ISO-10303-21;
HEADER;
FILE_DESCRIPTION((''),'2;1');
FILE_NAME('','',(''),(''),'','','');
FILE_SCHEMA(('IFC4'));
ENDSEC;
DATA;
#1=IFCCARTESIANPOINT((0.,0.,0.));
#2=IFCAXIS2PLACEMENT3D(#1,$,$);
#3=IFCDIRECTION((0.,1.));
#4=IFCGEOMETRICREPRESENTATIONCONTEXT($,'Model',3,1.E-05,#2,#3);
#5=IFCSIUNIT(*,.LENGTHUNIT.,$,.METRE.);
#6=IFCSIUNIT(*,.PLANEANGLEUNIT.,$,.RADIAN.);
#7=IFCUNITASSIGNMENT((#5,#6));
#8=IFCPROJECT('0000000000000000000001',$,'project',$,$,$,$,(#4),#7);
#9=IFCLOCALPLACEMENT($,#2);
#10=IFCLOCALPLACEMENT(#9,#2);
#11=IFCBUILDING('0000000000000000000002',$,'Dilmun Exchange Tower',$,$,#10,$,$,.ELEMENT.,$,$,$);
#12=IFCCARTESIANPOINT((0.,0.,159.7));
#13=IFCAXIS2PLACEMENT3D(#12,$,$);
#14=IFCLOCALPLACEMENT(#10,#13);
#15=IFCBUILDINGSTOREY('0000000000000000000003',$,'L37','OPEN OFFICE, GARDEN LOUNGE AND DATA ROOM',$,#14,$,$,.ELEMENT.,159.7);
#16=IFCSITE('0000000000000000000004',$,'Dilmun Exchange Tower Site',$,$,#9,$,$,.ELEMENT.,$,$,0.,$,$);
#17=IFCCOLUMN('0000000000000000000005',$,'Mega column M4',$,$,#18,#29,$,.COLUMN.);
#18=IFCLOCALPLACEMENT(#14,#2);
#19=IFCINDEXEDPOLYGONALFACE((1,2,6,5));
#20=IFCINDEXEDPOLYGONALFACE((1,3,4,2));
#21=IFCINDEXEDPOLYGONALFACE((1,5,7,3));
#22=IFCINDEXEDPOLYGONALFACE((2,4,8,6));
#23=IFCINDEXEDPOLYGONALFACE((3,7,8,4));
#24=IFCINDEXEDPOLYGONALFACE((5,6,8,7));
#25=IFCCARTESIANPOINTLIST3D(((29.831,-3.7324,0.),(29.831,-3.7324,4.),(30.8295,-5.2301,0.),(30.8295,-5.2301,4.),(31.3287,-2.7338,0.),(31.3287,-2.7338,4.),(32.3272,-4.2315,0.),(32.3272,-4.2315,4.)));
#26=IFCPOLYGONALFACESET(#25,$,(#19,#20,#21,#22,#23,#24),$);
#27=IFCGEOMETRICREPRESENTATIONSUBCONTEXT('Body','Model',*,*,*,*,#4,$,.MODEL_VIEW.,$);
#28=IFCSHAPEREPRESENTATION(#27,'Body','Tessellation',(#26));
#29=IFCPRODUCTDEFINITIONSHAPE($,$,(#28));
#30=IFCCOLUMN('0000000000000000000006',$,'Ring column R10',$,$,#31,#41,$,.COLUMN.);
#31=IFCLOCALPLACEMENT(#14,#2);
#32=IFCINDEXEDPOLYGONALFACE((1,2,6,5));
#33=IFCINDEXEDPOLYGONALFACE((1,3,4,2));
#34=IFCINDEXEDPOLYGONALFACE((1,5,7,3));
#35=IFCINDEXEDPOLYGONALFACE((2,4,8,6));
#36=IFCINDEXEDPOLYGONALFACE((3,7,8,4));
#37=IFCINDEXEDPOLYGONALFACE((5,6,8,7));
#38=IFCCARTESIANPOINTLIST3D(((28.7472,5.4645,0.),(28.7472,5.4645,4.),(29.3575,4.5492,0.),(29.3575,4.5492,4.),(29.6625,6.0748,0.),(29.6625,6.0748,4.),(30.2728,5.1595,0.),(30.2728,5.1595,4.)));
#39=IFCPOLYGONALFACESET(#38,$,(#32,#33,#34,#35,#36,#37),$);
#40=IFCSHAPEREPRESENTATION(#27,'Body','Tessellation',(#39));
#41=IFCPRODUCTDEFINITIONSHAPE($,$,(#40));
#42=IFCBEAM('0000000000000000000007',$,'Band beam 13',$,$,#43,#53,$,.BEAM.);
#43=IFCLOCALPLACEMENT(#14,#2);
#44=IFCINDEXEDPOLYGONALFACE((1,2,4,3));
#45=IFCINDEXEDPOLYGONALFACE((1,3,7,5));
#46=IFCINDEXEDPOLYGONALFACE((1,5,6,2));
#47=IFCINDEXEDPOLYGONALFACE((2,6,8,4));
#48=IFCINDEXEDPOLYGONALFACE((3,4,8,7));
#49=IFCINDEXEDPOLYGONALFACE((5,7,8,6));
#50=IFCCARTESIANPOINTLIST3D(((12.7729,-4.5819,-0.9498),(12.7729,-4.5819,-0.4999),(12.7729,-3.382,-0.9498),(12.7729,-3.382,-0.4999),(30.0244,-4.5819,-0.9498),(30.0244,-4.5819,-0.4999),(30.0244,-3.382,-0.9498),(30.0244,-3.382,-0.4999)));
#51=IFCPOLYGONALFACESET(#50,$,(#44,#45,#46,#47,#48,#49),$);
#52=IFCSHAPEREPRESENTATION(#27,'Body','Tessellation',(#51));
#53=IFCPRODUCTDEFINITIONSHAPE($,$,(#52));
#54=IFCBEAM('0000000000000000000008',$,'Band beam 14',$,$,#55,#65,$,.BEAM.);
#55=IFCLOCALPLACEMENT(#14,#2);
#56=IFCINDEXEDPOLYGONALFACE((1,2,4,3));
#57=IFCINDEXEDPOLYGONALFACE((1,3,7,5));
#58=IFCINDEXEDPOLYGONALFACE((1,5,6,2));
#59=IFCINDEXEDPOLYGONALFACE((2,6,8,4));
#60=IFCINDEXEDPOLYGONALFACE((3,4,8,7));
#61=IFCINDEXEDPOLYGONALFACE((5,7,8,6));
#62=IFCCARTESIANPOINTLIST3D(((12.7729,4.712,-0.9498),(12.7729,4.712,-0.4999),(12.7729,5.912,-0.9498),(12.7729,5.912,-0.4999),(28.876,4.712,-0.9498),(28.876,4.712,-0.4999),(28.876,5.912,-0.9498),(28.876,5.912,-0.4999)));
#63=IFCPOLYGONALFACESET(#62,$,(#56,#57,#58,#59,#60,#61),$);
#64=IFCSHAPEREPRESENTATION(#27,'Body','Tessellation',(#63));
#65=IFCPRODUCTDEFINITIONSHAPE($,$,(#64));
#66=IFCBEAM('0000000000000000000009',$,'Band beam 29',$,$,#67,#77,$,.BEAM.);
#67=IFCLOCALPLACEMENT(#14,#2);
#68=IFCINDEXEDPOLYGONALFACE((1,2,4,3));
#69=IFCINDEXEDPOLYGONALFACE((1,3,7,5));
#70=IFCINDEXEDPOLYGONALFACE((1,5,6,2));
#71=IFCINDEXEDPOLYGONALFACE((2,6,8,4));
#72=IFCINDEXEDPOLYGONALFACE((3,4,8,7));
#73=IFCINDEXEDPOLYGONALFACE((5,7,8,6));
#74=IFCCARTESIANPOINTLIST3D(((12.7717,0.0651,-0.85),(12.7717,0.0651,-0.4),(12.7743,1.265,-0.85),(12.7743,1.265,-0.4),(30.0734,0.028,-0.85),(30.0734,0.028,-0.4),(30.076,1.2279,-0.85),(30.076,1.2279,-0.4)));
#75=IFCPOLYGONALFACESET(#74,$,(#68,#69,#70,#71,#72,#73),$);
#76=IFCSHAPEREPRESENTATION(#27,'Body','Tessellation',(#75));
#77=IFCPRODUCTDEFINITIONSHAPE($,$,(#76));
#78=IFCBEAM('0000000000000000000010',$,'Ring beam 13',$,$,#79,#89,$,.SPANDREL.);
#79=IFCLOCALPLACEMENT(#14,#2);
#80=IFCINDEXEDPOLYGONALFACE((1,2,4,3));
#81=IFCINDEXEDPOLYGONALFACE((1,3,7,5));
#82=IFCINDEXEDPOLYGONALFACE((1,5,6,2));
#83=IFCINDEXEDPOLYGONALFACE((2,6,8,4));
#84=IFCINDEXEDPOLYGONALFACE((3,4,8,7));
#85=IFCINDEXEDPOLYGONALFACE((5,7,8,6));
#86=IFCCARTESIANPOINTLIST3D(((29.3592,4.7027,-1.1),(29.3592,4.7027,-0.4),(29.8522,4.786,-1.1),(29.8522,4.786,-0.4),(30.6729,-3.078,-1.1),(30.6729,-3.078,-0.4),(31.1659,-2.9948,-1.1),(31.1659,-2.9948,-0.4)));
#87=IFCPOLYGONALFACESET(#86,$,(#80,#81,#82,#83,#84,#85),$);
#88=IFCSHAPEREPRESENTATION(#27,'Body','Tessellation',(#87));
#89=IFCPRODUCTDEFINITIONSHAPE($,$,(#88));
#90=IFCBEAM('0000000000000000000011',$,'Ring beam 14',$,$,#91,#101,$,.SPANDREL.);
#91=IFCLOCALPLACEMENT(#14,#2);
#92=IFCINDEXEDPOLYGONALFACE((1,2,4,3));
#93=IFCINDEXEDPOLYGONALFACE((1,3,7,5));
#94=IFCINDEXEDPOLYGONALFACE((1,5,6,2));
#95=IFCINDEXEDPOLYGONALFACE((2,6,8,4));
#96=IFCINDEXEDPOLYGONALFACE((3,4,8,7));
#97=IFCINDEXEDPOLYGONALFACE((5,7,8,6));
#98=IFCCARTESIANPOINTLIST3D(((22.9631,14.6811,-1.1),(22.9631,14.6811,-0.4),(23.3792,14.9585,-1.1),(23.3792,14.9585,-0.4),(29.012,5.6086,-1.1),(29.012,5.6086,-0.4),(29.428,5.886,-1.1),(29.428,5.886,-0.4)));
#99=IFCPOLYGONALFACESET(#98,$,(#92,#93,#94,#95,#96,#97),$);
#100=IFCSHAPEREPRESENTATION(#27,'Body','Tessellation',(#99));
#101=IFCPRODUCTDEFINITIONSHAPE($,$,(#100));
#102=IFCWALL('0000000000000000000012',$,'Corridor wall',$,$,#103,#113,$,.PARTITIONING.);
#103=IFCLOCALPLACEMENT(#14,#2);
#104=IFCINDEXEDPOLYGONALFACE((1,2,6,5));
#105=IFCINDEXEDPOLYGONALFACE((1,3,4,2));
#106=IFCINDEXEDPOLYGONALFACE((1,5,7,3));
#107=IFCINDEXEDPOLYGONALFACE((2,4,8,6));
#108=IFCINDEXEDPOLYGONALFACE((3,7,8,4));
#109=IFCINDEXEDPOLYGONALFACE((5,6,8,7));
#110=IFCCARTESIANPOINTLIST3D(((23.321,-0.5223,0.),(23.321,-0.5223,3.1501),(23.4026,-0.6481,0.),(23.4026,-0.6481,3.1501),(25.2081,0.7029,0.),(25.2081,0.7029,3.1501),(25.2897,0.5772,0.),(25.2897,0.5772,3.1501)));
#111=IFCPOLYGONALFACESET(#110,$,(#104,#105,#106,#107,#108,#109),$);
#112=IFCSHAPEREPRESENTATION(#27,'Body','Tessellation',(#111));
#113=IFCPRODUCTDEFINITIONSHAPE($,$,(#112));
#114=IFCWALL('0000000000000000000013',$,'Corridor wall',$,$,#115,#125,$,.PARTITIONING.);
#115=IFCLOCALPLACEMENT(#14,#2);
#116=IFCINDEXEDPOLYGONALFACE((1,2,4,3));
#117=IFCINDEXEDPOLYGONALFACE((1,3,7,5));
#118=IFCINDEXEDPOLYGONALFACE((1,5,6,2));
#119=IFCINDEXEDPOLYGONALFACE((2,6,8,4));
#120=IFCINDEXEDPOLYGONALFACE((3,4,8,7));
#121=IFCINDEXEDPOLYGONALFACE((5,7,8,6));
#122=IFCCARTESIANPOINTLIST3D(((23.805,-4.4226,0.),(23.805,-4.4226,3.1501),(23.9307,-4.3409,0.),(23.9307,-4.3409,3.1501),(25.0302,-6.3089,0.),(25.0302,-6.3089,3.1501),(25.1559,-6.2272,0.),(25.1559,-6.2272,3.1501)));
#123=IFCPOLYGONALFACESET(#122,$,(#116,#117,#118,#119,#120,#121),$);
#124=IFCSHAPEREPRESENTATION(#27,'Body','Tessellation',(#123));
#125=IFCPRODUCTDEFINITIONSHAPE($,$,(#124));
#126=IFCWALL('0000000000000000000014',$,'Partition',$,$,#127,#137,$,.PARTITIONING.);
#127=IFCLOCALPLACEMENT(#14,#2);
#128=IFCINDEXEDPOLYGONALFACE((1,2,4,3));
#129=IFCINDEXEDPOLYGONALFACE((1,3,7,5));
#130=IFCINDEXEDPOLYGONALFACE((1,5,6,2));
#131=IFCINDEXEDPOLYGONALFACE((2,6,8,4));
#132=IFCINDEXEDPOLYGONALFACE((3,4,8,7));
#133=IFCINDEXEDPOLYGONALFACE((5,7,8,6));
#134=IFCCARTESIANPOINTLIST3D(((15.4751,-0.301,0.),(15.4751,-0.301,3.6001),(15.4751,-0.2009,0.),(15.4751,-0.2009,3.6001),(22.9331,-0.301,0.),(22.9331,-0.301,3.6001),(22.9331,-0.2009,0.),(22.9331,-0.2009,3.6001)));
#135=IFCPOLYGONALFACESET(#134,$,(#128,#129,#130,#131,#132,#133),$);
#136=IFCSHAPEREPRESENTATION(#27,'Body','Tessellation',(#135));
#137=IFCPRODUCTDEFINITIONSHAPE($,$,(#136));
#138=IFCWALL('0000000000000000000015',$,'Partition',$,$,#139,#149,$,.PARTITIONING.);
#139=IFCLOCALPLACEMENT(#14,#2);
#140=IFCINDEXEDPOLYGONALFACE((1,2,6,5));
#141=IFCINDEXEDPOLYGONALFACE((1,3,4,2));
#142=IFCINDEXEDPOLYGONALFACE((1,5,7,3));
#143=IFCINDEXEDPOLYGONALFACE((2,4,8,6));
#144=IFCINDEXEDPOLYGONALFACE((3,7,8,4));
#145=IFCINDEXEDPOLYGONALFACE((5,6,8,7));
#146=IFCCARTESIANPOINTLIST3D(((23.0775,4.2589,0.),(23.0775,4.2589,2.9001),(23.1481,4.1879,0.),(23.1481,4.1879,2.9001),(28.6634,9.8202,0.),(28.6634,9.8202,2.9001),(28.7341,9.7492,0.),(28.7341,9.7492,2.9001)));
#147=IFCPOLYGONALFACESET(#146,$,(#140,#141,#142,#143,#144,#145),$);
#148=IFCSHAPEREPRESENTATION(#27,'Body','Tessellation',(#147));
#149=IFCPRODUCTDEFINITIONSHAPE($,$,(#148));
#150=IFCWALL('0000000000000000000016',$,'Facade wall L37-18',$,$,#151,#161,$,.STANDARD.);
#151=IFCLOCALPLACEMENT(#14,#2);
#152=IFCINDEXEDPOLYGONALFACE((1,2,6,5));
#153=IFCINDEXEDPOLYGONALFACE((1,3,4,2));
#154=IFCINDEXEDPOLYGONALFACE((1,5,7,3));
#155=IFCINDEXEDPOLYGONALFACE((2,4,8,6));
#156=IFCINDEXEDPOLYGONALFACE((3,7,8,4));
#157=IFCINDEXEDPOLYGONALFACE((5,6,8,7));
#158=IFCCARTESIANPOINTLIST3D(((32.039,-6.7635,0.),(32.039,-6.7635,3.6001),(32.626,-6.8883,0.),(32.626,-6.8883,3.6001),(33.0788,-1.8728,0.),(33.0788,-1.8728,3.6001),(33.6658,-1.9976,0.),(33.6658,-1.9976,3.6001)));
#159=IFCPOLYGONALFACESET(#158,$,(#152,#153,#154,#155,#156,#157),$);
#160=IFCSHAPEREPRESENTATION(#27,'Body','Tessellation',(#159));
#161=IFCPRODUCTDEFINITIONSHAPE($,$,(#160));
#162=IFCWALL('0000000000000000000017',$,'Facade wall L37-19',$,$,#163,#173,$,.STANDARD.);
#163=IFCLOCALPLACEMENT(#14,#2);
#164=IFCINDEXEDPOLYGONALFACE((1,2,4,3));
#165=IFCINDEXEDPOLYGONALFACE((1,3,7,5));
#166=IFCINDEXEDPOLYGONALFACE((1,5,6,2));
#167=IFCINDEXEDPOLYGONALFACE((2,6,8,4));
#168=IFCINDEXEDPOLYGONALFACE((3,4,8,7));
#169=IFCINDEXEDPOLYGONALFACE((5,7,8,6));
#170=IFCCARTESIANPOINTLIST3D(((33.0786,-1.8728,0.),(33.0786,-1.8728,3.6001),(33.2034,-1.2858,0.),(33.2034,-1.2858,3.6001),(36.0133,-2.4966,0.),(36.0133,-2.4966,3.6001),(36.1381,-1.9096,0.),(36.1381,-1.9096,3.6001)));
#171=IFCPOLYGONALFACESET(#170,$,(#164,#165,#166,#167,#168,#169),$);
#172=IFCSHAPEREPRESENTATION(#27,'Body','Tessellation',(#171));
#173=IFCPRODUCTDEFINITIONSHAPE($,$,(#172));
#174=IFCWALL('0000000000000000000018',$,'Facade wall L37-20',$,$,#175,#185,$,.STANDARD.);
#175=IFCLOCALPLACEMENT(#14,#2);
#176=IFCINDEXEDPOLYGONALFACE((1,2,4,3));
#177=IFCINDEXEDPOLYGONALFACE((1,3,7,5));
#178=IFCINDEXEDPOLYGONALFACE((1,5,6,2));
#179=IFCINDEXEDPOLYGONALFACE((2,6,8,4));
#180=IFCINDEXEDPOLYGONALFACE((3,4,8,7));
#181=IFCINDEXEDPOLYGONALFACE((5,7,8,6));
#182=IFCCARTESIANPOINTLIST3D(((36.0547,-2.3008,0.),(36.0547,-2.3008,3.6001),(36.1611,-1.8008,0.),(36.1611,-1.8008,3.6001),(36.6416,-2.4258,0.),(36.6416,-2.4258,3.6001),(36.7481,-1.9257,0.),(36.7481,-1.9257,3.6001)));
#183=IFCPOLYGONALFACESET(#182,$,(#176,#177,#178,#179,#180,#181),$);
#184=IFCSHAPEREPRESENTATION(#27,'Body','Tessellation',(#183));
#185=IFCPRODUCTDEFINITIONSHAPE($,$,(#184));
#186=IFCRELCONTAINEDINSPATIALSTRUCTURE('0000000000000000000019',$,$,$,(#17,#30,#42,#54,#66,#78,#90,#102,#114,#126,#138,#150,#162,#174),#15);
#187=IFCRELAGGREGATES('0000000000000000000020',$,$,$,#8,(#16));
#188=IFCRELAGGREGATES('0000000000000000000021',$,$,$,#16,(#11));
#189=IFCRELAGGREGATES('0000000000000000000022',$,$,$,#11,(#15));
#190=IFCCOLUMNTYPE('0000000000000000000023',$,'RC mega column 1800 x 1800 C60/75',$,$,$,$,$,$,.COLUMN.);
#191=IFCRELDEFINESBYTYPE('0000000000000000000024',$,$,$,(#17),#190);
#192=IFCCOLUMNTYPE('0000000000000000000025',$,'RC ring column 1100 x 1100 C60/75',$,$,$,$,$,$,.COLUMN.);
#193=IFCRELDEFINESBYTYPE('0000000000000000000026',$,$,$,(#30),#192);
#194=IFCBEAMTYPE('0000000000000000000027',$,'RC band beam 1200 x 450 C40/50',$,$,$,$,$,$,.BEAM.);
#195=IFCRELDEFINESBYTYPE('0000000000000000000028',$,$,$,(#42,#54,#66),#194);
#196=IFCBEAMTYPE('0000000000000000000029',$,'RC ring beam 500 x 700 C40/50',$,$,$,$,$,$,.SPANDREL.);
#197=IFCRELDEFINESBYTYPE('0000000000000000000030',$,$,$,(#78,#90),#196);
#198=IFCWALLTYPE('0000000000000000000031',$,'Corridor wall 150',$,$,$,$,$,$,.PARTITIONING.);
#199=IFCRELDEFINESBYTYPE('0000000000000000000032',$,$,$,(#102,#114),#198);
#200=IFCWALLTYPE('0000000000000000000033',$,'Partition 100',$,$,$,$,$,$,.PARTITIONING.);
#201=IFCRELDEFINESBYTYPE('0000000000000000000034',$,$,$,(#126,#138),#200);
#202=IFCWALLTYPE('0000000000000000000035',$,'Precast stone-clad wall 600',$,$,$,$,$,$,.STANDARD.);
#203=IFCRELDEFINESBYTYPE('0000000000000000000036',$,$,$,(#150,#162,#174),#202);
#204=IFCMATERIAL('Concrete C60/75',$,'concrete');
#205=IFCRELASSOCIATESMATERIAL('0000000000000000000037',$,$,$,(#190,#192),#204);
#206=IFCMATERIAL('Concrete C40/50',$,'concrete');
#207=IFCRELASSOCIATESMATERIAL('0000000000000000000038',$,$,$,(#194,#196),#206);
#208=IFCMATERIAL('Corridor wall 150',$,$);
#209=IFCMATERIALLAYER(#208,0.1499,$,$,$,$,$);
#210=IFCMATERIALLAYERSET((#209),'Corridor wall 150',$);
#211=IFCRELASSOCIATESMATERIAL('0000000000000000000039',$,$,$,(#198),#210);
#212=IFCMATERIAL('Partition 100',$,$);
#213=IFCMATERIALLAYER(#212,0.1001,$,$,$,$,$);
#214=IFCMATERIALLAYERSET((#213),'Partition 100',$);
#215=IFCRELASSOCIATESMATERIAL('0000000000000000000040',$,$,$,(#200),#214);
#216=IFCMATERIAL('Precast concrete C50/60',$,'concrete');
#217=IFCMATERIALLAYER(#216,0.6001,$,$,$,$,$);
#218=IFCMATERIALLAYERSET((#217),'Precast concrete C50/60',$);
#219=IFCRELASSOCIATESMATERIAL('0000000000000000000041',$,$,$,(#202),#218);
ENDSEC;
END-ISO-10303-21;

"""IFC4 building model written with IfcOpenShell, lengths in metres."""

from ifc_helpers import new_model, si_unit, direction, frame, frame_2d, origin, origin_2d, place, context, subcontext, project, spatial, rectangle, extrude, material, layer, layer_set, material_profile, profile_set, type_object, element, save


model = new_model("IFC4")

# Units and contexts
model_context = context("Model", 3, precision=1e-05, world=origin(), true_north=direction((0.0, 1.0)))
body_context = subcontext(model_context, "Body", "Model", "MODEL_VIEW")
ifc_project = project(units=[si_unit("LENGTHUNIT", "METRE"), si_unit("PLANEANGLEUNIT", "RADIAN")], contexts=[model_context])

# Site, building, storey
site_placement = place(None, origin())
site = spatial("IfcSite", under=ifc_project, at=site_placement, Name="Dilmun Exchange Tower Site", CompositionType="ELEMENT", RefElevation=0.0)
building_placement = place(site_placement, origin())
building = spatial("IfcBuilding", under=site, at=building_placement, Name="Dilmun Exchange Tower", CompositionType="ELEMENT")
storey_placement = place(building_placement, frame((0.0, 0.0, 159.7)))
storey = spatial("IfcBuildingStorey", under=building, at=storey_placement, Name="L37", Description="OPEN OFFICE, GARDEN LOUNGE AND DATA ROOM", CompositionType="ELEMENT", Elevation=159.7)

# Columns
ifc_material_1 = material(Name="Concrete C60/75", Category="concrete")
ifc_material_profile_1 = material_profile(ifc_material_1, rectangle(XDim=1.8, YDim=1.8, at=origin_2d()), Name="1800 x 1800")
ifc_profile_set_1 = profile_set([ifc_material_profile_1], Name="Concrete C60/75")
column_type_1 = type_object("IfcColumnType", Name="RC mega column 1800 x 1800 C60/75", PredefinedType="COLUMN", material=ifc_profile_set_1)
column_1_placement = place(storey_placement, frame((31.0791, -3.9819, 0.0), z_axis=(0.0, 0.0, 1.0), x_axis=(0.832029, 0.554733, 0.0)))
element("IfcColumn", 1, at=column_1_placement, inside=storey, type_object=column_type_1, Name="Mega column M4", PredefinedType="COLUMN", context=body_context, shape_type="SweptSolid", body=[
    extrude(rectangle(XDim=1.8, YDim=1.8, at=origin_2d()), origin(), (0.0, 0.0, 1.0), 4.0),
])
ifc_material_profile_2 = material_profile(ifc_material_1, rectangle(XDim=1.1001, YDim=1.1001, at=origin_2d()), Name="1100 x 1100")
ifc_profile_set_2 = profile_set([ifc_material_profile_2], Name="Concrete C60/75")
column_type_2 = type_object("IfcColumnType", Name="RC ring column 1100 x 1100 C60/75", PredefinedType="COLUMN", material=ifc_profile_set_2)
column_2_placement = place(storey_placement, frame((29.51, 5.312, 0.0), z_axis=(0.0, 0.0, 1.0), x_axis=(0.832029, 0.554733, 0.0)))
element("IfcColumn", 2, at=column_2_placement, inside=storey, type_object=column_type_2, Name="Ring column R10", PredefinedType="COLUMN", context=body_context, shape_type="SweptSolid", body=[
    extrude(rectangle(XDim=1.1001, YDim=1.1001, at=origin_2d()), origin(), (0.0, 0.0, 1.0), 4.0),
])

# Beams
ifc_material_2 = material(Name="Concrete C40/50", Category="concrete")
ifc_material_profile_3 = material_profile(ifc_material_2, rectangle(XDim=1.2, YDim=0.45, at=origin_2d()), Name="1200 x 450")
ifc_profile_set_3 = profile_set([ifc_material_profile_3], Name="Concrete C40/50")
beam_type_1 = type_object("IfcBeamType", Name="RC band beam 1200 x 450 C40/50", PredefinedType="BEAM", material=ifc_profile_set_3)
beam_1_placement = place(storey_placement, frame((30.0244, -3.9819, -0.7249), z_axis=(-1.0, 0.0, 0.0), x_axis=(0.0, -1.0, 0.0)))
element("IfcBeam", 3, at=beam_1_placement, inside=storey, type_object=beam_type_1, Name="Band beam 13", PredefinedType="BEAM", context=body_context, shape_type="SweptSolid", body=[
    extrude(rectangle(XDim=1.2, YDim=0.45, at=origin_2d()), origin(), (0.0, 0.0, 1.0), 17.2515),
])
beam_2_placement = place(storey_placement, frame((28.876, 5.312, -0.7249), z_axis=(-1.0, 0.0, 0.0), x_axis=(0.0, -1.0, 0.0)))
element("IfcBeam", 4, at=beam_2_placement, inside=storey, type_object=beam_type_1, Name="Band beam 14", PredefinedType="BEAM", context=body_context, shape_type="SweptSolid", body=[
    extrude(rectangle(XDim=1.2, YDim=0.45, at=origin_2d()), origin(), (0.0, 0.0, 1.0), 16.103),
])
beam_3_placement = place(storey_placement, frame((30.0747, 0.6279, -0.625), z_axis=(-0.999998, 0.002145, 0.0), x_axis=(-0.002145, -0.999998, 0.0)))
element("IfcBeam", 5, at=beam_3_placement, inside=storey, type_object=beam_type_1, Name="Band beam 29", PredefinedType="BEAM", context=body_context, shape_type="SweptSolid", body=[
    extrude(rectangle(XDim=1.2, YDim=0.45, at=origin_2d()), origin(), (0.0, 0.0, 1.0), 17.3018),
])
ifc_material_profile_4 = material_profile(ifc_material_2, rectangle(XDim=0.5, YDim=0.7, at=origin_2d()), Name="500 x 700")
ifc_profile_set_4 = profile_set([ifc_material_profile_4], Name="Concrete C40/50")
beam_type_2 = type_object("IfcBeamType", Name="RC ring beam 500 x 700 C40/50", PredefinedType="SPANDREL", material=ifc_profile_set_4)
beam_4_placement = place(storey_placement, frame((30.9194, -3.0364, -0.75), z_axis=(-0.166486, 0.986044, 0.0), x_axis=(-0.986044, -0.166486, 0.0)))
element("IfcBeam", 6, at=beam_4_placement, inside=storey, type_object=beam_type_2, Name="Ring beam 13", PredefinedType="SPANDREL", context=body_context, shape_type="SweptSolid", body=[
    extrude(rectangle(XDim=0.5, YDim=0.7, at=origin_2d()), origin(), (0.0, 0.0, 1.0), 7.8909),
])
beam_5_placement = place(storey_placement, frame((29.22, 5.7473, -0.75), z_axis=(-0.554731, 0.83203, 0.0), x_axis=(-0.83203, -0.554731, 0.0)))
element("IfcBeam", 7, at=beam_5_placement, inside=storey, type_object=beam_type_2, Name="Ring beam 14", PredefinedType="SPANDREL", context=body_context, shape_type="SweptSolid", body=[
    extrude(rectangle(XDim=0.5, YDim=0.7, at=origin_2d()), origin(), (0.0, 0.0, 1.0), 10.9041),
])

# Walls
ifc_material_3 = material(Name="Corridor wall 150")
ifc_layer_1 = layer(ifc_material_3, 0.1499)
ifc_layer_set_1 = layer_set([ifc_layer_1], Name="Corridor wall 150")
wall_type_1 = type_object("IfcWallType", Name="Corridor wall 150", PredefinedType="PARTITIONING", material=ifc_layer_set_1)
wall_1_placement = place(storey_placement, frame((23.3618, -0.5852, 0.0), z_axis=(0.0, 0.0, 1.0), x_axis=(0.838716, 0.544569, 0.0)))
element("IfcWall", 8, at=wall_1_placement, inside=storey, type_object=wall_type_1, Name="Corridor wall", PredefinedType="PARTITIONING", context=body_context, shape_type="SweptSolid", body=[
    extrude(rectangle(XDim=2.25, YDim=0.1499, at=frame_2d((1.125, 0.0))), origin(), (0.0, 0.0, 1.0), 3.1501),
])
wall_2_placement = place(storey_placement, frame((23.8679, -4.3818, 0.0), z_axis=(0.0, 0.0, 1.0), x_axis=(0.544691, -0.838637, 0.0)))
element("IfcWall", 9, at=wall_2_placement, inside=storey, type_object=wall_type_1, Name="Corridor wall", PredefinedType="PARTITIONING", context=body_context, shape_type="SweptSolid", body=[
    extrude(rectangle(XDim=2.2493, YDim=0.1499, at=frame_2d((1.1245, 0.0))), origin(), (0.0, 0.0, 1.0), 3.1501),
])
ifc_material_4 = material(Name="Partition 100")
ifc_layer_2 = layer(ifc_material_4, 0.1001)
ifc_layer_set_2 = layer_set([ifc_layer_2], Name="Partition 100")
wall_type_2 = type_object("IfcWallType", Name="Partition 100", PredefinedType="PARTITIONING", material=ifc_layer_set_2)
wall_3_placement = place(storey_placement, frame((15.4751, -0.251, 0.0), z_axis=(0.0, 0.0, 1.0), x_axis=(1.0, 0.0, 0.0)))
element("IfcWall", 10, at=wall_3_placement, inside=storey, type_object=wall_type_2, Name="Partition", PredefinedType="PARTITIONING", context=body_context, shape_type="SweptSolid", body=[
    extrude(rectangle(XDim=7.458, YDim=0.1001, at=frame_2d((3.729, 0.0))), origin(), (0.0, 0.0, 1.0), 3.6001),
])
wall_4_placement = place(storey_placement, frame((23.1128, 4.2234, 0.0), z_axis=(0.0, 0.0, 1.0), x_axis=(0.708669, 0.705541, 0.0)))
element("IfcWall", 11, at=wall_4_placement, inside=storey, type_object=wall_type_2, Name="Partition", PredefinedType="PARTITIONING", context=body_context, shape_type="SweptSolid", body=[
    extrude(rectangle(XDim=7.8823, YDim=0.1001, at=frame_2d((3.9412, 0.0))), origin(), (0.0, 0.0, 1.0), 2.9001),
])
ifc_material_5 = material(Name="Precast concrete C50/60", Category="concrete")
ifc_layer_3 = layer(ifc_material_5, 0.6001)
ifc_layer_set_3 = layer_set([ifc_layer_3], Name="Precast concrete C50/60")
wall_type_3 = type_object("IfcWallType", Name="Precast stone-clad wall 600", PredefinedType="STANDARD", material=ifc_layer_set_3)
wall_5_placement = place(storey_placement, frame((32.3325, -6.8259, 0.0), z_axis=(0.0, 0.0, 1.0), x_axis=(0.207962, 0.978137, 0.0)))
element("IfcWall", 12, at=wall_5_placement, inside=storey, type_object=wall_type_3, Name="Facade wall L37-18", PredefinedType="STANDARD", context=body_context, shape_type="SweptSolid", body=[
    extrude(rectangle(XDim=5.0, YDim=0.6001, at=frame_2d((2.5, 0.0))), origin(), (0.0, 0.0, 1.0), 3.6001),
])
wall_6_placement = place(storey_placement, frame((33.1411, -1.5793, 0.0), z_axis=(0.0, 0.0, 1.0), x_axis=(0.978146, -0.207917, 0.0)))
element("IfcWall", 13, at=wall_6_placement, inside=storey, type_object=wall_type_3, Name="Facade wall L37-19", PredefinedType="STANDARD", context=body_context, shape_type="SweptSolid", body=[
    extrude(rectangle(XDim=3.0002, YDim=0.6001, at=frame_2d((1.5, 0.0))), origin(), (0.0, 0.0, 1.0), 3.6001),
])
wall_7_placement = place(storey_placement, frame((36.3481, -2.3633, 0.0), z_axis=(0.0, 0.0, 1.0), x_axis=(0.208224, 0.978081, 0.0)))
element("IfcWall", 14, at=wall_7_placement, inside=storey, type_object=wall_type_3, Name="Facade wall L37-20", PredefinedType="STANDARD", context=body_context, shape_type="SweptSolid", body=[
    extrude(rectangle(XDim=0.5112, YDim=0.6001, at=frame_2d((0.2556, 0.0))), origin(), (0.0, 0.0, 1.0), 3.6001),
])

save(model, "model.ifc")
